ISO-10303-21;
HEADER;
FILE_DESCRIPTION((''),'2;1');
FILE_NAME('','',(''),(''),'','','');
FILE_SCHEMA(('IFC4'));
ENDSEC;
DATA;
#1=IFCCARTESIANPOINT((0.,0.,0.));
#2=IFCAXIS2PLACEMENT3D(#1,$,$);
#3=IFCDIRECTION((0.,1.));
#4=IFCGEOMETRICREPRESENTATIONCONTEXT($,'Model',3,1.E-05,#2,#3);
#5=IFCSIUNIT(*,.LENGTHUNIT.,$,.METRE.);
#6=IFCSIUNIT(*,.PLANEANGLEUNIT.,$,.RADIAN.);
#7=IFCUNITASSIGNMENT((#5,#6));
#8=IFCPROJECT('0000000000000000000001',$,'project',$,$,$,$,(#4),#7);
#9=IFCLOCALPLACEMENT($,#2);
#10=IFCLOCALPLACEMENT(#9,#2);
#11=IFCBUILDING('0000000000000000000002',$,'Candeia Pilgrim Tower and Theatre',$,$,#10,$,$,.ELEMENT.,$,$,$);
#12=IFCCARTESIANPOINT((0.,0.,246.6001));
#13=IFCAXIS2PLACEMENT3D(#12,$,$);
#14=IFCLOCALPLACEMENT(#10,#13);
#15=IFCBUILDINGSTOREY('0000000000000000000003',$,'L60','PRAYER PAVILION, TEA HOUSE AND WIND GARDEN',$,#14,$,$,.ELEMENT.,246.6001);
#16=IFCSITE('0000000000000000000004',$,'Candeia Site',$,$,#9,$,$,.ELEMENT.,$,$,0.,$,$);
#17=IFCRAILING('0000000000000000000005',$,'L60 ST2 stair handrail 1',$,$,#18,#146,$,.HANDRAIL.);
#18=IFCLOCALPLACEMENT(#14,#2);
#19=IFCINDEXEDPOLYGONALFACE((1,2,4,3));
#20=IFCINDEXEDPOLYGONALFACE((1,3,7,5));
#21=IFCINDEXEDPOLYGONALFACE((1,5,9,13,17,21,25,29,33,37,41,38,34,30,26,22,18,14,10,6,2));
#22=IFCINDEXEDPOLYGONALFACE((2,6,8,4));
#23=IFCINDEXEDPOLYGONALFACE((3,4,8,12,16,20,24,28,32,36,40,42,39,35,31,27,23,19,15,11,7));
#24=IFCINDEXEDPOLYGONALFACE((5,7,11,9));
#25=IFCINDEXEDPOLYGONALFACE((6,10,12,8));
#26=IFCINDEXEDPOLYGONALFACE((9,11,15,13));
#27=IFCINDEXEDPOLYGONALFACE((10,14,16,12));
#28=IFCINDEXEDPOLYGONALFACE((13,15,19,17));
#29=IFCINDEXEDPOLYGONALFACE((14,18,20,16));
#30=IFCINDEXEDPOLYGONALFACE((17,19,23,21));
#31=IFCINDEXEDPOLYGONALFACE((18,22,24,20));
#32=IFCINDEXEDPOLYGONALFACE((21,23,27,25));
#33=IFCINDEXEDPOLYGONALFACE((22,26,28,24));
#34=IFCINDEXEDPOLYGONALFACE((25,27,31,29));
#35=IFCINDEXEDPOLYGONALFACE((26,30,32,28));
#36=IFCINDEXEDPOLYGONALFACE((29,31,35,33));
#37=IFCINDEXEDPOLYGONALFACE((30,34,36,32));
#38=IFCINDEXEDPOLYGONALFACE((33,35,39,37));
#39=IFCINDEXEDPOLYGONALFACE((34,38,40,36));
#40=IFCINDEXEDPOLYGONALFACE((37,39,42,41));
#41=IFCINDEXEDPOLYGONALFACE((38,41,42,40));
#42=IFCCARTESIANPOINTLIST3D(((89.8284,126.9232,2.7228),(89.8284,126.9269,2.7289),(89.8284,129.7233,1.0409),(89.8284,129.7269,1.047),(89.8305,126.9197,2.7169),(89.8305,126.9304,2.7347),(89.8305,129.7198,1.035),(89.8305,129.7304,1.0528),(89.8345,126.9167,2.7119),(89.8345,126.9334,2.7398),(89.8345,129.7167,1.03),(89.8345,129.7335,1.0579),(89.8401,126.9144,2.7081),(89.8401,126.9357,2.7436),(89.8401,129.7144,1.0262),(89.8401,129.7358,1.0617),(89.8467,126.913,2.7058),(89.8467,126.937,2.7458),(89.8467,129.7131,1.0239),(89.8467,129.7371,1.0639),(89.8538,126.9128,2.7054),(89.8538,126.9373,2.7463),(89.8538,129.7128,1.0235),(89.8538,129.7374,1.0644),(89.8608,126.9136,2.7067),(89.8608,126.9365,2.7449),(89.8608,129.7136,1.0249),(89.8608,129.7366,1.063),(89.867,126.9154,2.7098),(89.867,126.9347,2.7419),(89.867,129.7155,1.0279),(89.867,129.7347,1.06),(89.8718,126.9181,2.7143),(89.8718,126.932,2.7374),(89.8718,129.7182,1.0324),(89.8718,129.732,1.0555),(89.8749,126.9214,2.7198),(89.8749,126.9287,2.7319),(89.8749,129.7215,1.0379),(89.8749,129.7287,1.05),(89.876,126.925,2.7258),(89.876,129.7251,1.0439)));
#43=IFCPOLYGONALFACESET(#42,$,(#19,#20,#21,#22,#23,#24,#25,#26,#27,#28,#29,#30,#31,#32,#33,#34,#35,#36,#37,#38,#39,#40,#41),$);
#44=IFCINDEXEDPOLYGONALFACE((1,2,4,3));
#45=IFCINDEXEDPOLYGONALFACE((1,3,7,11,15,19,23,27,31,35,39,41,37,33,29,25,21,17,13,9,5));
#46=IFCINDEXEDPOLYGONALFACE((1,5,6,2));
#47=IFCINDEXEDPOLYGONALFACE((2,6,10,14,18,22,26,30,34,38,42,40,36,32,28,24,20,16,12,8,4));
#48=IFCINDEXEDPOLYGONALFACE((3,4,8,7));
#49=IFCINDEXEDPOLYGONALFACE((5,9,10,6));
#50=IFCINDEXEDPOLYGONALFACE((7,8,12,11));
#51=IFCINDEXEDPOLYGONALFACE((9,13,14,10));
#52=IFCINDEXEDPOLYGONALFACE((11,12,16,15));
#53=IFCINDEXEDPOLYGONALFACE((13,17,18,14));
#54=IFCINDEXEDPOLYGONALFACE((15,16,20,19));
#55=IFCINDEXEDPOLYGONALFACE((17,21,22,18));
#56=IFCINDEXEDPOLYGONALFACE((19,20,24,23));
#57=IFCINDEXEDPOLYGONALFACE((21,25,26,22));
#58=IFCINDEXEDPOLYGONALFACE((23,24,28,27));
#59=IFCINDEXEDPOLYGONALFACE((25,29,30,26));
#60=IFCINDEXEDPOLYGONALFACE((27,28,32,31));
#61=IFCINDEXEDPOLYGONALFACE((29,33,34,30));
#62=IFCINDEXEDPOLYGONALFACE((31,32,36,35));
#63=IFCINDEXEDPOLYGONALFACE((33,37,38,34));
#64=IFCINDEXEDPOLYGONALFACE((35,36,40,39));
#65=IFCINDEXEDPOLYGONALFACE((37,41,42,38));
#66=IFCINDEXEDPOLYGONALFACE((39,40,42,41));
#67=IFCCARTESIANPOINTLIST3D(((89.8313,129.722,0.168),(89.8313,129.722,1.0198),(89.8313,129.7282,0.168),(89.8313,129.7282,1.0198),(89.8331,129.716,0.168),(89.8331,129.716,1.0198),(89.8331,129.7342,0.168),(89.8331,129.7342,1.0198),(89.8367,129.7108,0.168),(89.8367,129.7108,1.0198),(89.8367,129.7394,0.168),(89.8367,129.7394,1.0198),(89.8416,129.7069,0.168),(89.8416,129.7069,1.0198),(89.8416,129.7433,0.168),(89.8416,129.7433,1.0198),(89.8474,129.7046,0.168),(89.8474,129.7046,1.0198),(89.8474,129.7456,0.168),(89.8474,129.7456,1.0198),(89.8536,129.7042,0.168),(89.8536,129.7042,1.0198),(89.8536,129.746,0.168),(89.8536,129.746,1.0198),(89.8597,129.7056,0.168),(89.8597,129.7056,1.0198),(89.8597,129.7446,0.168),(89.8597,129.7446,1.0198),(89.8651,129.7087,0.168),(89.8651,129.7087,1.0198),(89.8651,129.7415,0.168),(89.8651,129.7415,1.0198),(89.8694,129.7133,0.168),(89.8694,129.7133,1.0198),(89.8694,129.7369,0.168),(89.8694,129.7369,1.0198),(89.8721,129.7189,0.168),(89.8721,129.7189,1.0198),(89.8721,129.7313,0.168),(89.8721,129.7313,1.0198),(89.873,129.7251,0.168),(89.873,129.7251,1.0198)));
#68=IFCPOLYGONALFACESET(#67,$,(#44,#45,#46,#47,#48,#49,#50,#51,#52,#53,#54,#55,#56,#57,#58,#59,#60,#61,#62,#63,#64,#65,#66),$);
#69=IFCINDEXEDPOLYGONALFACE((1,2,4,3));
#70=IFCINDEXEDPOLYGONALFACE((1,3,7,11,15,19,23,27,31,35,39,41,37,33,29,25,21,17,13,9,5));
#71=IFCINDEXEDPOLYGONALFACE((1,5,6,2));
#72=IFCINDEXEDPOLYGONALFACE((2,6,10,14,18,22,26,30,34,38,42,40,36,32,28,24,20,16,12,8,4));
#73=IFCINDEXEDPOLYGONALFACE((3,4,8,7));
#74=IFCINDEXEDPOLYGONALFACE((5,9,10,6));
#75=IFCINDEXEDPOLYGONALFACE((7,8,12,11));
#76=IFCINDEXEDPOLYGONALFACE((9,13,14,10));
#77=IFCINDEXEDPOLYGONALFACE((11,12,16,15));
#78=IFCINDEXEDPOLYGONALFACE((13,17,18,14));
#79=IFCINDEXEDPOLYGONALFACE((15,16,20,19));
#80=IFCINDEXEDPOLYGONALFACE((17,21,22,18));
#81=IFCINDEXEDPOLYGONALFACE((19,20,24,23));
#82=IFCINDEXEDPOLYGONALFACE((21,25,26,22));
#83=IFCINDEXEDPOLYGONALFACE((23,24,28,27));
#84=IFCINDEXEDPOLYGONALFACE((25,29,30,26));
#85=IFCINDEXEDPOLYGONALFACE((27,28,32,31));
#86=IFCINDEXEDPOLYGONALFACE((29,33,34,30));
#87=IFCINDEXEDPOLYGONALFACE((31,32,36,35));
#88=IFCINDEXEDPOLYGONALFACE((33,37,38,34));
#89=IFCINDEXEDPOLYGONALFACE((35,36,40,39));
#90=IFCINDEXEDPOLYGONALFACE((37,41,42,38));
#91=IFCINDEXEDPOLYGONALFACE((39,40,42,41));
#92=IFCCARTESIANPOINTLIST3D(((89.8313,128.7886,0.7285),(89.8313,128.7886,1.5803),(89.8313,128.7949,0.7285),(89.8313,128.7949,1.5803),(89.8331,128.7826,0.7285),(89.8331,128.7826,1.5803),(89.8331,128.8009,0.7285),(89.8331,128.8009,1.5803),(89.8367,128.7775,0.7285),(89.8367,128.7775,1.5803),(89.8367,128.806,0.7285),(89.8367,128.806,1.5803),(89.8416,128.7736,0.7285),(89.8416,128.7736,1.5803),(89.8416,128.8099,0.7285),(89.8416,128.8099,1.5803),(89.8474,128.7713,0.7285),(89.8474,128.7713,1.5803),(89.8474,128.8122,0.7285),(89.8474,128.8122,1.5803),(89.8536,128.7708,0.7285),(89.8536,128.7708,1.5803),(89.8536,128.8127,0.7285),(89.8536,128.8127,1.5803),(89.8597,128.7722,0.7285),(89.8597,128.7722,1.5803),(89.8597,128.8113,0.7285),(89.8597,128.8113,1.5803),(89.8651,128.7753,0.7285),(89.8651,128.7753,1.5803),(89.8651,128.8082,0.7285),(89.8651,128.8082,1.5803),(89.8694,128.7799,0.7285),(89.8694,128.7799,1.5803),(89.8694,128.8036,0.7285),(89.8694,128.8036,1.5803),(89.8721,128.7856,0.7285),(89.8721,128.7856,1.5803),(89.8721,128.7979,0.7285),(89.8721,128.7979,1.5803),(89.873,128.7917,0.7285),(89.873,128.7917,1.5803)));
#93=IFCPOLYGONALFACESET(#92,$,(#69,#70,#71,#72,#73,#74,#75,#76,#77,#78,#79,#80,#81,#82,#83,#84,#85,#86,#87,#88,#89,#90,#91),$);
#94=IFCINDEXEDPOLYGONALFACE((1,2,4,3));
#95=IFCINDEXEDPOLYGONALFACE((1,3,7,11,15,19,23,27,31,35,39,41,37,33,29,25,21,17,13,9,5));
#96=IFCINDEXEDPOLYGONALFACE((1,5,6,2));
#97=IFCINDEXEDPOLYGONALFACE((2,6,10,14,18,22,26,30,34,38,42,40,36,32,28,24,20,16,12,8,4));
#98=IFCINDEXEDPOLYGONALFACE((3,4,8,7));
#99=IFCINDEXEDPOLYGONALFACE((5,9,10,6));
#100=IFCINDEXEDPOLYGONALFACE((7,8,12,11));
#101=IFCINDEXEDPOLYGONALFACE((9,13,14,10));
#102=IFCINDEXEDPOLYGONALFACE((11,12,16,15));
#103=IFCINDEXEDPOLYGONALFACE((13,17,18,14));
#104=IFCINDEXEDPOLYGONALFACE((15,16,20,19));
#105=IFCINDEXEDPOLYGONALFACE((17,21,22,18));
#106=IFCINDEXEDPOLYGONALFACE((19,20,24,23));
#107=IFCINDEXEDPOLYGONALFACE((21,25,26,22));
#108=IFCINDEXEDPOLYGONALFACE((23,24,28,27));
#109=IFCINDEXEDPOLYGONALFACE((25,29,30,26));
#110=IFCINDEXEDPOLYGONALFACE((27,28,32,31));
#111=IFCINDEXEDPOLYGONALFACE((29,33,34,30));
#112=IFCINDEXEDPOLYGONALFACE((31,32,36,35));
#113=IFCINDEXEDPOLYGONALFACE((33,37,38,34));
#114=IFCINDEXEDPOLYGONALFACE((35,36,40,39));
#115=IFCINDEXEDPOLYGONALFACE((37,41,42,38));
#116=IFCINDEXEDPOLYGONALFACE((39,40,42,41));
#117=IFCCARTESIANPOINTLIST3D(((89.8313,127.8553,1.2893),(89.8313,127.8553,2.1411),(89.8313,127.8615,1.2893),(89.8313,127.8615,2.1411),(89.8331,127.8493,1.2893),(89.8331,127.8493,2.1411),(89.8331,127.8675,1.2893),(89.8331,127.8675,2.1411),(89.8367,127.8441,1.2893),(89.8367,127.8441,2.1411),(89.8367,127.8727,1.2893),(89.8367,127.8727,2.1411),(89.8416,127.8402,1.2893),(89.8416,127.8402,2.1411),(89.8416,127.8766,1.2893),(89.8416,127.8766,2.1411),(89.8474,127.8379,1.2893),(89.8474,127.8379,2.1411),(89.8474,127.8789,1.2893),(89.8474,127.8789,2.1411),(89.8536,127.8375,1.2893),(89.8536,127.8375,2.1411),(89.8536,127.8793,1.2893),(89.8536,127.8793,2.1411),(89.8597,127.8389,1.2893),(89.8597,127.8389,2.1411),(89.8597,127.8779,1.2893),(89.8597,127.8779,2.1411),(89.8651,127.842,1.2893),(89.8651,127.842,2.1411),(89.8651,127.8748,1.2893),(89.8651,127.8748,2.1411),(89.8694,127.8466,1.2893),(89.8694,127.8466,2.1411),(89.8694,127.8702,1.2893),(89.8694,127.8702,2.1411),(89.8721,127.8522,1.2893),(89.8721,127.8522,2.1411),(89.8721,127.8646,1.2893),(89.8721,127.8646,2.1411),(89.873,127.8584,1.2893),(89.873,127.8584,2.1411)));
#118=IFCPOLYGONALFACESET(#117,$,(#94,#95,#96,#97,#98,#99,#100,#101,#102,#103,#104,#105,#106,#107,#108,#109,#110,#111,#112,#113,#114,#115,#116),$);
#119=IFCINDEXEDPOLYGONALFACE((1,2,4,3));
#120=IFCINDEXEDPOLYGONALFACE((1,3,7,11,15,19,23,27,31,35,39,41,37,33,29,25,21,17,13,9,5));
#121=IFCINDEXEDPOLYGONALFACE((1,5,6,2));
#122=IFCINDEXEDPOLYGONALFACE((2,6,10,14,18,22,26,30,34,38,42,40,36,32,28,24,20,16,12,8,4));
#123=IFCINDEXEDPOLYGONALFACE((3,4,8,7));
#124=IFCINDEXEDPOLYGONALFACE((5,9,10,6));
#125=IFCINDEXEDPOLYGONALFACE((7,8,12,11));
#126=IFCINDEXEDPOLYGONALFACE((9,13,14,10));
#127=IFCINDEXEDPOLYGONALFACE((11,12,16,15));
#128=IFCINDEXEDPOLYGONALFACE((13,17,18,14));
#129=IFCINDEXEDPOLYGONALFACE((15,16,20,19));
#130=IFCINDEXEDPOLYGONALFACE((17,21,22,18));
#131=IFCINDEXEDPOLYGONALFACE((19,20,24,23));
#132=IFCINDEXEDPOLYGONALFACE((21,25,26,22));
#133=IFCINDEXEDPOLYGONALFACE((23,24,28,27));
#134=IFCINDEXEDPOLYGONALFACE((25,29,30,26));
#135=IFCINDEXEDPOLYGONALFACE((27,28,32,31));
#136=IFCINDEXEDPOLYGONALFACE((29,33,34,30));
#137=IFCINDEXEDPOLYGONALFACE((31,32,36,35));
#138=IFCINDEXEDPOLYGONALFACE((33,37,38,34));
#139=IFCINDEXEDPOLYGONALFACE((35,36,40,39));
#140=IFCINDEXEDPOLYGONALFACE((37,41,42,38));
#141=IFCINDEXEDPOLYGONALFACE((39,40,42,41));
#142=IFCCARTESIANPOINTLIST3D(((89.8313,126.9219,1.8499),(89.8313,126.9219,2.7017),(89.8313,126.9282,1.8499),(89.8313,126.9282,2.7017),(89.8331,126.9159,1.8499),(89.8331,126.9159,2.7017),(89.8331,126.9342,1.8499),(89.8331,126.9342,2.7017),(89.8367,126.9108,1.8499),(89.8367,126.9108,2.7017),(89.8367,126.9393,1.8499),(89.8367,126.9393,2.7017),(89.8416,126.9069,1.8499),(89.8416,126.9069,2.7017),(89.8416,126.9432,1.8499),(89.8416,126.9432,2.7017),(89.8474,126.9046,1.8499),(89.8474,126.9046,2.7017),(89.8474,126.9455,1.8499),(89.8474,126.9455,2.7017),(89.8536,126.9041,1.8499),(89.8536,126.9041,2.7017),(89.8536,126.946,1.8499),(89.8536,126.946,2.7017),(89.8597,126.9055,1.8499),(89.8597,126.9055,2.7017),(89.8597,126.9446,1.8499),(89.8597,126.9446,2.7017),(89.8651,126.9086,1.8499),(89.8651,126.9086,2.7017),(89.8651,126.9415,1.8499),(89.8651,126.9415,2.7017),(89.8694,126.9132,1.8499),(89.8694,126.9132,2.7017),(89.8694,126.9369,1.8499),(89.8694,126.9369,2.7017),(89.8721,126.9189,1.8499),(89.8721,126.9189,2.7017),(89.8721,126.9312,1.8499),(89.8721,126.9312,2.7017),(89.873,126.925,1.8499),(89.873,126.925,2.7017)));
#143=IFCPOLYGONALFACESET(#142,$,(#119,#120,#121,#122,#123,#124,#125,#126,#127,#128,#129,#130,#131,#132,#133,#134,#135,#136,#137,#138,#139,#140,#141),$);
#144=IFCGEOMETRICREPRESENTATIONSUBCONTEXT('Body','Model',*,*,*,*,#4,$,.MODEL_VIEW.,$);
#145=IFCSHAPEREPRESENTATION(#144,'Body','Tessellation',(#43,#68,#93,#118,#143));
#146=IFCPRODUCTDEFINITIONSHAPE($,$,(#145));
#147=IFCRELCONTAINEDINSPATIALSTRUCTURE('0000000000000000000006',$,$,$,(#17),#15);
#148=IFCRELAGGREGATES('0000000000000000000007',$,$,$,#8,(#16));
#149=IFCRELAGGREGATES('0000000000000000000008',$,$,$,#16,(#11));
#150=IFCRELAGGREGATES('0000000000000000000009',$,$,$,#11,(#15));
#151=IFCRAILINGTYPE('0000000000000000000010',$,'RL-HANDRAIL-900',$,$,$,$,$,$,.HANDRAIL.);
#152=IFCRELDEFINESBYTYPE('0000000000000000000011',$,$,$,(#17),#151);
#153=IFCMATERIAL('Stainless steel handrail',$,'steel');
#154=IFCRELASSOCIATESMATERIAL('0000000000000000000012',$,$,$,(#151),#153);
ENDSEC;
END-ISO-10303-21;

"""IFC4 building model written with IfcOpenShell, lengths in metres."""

from ifc_helpers import new_model, si_unit, direction, frame, origin, origin_2d, place, context, subcontext, project, spatial, circle, extrude, material, type_object, element, save


model = new_model("IFC4")

# Units and contexts
model_context = context("Model", 3, precision=1e-05, world=origin(), true_north=direction((0.0, 1.0)))
body_context = subcontext(model_context, "Body", "Model", "MODEL_VIEW")
ifc_project = project(units=[si_unit("LENGTHUNIT", "METRE"), si_unit("PLANEANGLEUNIT", "RADIAN")], contexts=[model_context])

# Site, building, storey
site_placement = place(None, origin())
site = spatial("IfcSite", under=ifc_project, at=site_placement, Name="Candeia Site", CompositionType="ELEMENT", RefElevation=0.0)
building_placement = place(site_placement, origin())
building = spatial("IfcBuilding", under=site, at=building_placement, Name="Candeia Pilgrim Tower and Theatre", CompositionType="ELEMENT")
storey_placement = place(building_placement, frame((0.0, 0.0, 246.6001)))
storey = spatial("IfcBuildingStorey", under=building, at=storey_placement, Name="L60", Description="PRAYER PAVILION, TEA HOUSE AND WIND GARDEN", CompositionType="ELEMENT", Elevation=246.6001)

# Railing
ifc_material_1 = material(Name="Stainless steel handrail", Category="steel")
railing_type_1 = type_object("IfcRailingType", Name="RL-HANDRAIL-900", PredefinedType="HANDRAIL", material=ifc_material_1)
railing_1_placement = place(storey_placement, frame((89.8521, 129.7251, 0.168)))
element("IfcRailing", 1, at=railing_1_placement, inside=storey, type_object=railing_type_1, Name="L60 ST2 stair handrail 1", PredefinedType="HANDRAIL", context=body_context, shape_type="SweptSolid", body=[
    extrude(circle(Radius=0.0239, at=origin_2d()), frame((0.0, 0.0, 0.876), z_axis=(0.0, -0.857242, 0.514913), x_axis=(1.0, 0.0, 0.0)), (0.0, 0.0, 1.0), 3.2664),
    extrude(circle(Radius=0.021, at=origin_2d()), origin(), (0.0, 0.0, 1.0), 0.8518),
    extrude(circle(Radius=0.021, at=origin_2d()), frame((0.0, -0.9333, 0.5605)), (0.0, 0.0, 1.0), 0.8518),
    extrude(circle(Radius=0.021, at=origin_2d()), frame((0.0, -1.8667, 1.1213)), (0.0, 0.0, 1.0), 0.8518),
    extrude(circle(Radius=0.021, at=origin_2d()), frame((0.0, -2.8, 1.6819)), (0.0, 0.0, 1.0), 0.8518),
])

save(model, "model.ifc")
